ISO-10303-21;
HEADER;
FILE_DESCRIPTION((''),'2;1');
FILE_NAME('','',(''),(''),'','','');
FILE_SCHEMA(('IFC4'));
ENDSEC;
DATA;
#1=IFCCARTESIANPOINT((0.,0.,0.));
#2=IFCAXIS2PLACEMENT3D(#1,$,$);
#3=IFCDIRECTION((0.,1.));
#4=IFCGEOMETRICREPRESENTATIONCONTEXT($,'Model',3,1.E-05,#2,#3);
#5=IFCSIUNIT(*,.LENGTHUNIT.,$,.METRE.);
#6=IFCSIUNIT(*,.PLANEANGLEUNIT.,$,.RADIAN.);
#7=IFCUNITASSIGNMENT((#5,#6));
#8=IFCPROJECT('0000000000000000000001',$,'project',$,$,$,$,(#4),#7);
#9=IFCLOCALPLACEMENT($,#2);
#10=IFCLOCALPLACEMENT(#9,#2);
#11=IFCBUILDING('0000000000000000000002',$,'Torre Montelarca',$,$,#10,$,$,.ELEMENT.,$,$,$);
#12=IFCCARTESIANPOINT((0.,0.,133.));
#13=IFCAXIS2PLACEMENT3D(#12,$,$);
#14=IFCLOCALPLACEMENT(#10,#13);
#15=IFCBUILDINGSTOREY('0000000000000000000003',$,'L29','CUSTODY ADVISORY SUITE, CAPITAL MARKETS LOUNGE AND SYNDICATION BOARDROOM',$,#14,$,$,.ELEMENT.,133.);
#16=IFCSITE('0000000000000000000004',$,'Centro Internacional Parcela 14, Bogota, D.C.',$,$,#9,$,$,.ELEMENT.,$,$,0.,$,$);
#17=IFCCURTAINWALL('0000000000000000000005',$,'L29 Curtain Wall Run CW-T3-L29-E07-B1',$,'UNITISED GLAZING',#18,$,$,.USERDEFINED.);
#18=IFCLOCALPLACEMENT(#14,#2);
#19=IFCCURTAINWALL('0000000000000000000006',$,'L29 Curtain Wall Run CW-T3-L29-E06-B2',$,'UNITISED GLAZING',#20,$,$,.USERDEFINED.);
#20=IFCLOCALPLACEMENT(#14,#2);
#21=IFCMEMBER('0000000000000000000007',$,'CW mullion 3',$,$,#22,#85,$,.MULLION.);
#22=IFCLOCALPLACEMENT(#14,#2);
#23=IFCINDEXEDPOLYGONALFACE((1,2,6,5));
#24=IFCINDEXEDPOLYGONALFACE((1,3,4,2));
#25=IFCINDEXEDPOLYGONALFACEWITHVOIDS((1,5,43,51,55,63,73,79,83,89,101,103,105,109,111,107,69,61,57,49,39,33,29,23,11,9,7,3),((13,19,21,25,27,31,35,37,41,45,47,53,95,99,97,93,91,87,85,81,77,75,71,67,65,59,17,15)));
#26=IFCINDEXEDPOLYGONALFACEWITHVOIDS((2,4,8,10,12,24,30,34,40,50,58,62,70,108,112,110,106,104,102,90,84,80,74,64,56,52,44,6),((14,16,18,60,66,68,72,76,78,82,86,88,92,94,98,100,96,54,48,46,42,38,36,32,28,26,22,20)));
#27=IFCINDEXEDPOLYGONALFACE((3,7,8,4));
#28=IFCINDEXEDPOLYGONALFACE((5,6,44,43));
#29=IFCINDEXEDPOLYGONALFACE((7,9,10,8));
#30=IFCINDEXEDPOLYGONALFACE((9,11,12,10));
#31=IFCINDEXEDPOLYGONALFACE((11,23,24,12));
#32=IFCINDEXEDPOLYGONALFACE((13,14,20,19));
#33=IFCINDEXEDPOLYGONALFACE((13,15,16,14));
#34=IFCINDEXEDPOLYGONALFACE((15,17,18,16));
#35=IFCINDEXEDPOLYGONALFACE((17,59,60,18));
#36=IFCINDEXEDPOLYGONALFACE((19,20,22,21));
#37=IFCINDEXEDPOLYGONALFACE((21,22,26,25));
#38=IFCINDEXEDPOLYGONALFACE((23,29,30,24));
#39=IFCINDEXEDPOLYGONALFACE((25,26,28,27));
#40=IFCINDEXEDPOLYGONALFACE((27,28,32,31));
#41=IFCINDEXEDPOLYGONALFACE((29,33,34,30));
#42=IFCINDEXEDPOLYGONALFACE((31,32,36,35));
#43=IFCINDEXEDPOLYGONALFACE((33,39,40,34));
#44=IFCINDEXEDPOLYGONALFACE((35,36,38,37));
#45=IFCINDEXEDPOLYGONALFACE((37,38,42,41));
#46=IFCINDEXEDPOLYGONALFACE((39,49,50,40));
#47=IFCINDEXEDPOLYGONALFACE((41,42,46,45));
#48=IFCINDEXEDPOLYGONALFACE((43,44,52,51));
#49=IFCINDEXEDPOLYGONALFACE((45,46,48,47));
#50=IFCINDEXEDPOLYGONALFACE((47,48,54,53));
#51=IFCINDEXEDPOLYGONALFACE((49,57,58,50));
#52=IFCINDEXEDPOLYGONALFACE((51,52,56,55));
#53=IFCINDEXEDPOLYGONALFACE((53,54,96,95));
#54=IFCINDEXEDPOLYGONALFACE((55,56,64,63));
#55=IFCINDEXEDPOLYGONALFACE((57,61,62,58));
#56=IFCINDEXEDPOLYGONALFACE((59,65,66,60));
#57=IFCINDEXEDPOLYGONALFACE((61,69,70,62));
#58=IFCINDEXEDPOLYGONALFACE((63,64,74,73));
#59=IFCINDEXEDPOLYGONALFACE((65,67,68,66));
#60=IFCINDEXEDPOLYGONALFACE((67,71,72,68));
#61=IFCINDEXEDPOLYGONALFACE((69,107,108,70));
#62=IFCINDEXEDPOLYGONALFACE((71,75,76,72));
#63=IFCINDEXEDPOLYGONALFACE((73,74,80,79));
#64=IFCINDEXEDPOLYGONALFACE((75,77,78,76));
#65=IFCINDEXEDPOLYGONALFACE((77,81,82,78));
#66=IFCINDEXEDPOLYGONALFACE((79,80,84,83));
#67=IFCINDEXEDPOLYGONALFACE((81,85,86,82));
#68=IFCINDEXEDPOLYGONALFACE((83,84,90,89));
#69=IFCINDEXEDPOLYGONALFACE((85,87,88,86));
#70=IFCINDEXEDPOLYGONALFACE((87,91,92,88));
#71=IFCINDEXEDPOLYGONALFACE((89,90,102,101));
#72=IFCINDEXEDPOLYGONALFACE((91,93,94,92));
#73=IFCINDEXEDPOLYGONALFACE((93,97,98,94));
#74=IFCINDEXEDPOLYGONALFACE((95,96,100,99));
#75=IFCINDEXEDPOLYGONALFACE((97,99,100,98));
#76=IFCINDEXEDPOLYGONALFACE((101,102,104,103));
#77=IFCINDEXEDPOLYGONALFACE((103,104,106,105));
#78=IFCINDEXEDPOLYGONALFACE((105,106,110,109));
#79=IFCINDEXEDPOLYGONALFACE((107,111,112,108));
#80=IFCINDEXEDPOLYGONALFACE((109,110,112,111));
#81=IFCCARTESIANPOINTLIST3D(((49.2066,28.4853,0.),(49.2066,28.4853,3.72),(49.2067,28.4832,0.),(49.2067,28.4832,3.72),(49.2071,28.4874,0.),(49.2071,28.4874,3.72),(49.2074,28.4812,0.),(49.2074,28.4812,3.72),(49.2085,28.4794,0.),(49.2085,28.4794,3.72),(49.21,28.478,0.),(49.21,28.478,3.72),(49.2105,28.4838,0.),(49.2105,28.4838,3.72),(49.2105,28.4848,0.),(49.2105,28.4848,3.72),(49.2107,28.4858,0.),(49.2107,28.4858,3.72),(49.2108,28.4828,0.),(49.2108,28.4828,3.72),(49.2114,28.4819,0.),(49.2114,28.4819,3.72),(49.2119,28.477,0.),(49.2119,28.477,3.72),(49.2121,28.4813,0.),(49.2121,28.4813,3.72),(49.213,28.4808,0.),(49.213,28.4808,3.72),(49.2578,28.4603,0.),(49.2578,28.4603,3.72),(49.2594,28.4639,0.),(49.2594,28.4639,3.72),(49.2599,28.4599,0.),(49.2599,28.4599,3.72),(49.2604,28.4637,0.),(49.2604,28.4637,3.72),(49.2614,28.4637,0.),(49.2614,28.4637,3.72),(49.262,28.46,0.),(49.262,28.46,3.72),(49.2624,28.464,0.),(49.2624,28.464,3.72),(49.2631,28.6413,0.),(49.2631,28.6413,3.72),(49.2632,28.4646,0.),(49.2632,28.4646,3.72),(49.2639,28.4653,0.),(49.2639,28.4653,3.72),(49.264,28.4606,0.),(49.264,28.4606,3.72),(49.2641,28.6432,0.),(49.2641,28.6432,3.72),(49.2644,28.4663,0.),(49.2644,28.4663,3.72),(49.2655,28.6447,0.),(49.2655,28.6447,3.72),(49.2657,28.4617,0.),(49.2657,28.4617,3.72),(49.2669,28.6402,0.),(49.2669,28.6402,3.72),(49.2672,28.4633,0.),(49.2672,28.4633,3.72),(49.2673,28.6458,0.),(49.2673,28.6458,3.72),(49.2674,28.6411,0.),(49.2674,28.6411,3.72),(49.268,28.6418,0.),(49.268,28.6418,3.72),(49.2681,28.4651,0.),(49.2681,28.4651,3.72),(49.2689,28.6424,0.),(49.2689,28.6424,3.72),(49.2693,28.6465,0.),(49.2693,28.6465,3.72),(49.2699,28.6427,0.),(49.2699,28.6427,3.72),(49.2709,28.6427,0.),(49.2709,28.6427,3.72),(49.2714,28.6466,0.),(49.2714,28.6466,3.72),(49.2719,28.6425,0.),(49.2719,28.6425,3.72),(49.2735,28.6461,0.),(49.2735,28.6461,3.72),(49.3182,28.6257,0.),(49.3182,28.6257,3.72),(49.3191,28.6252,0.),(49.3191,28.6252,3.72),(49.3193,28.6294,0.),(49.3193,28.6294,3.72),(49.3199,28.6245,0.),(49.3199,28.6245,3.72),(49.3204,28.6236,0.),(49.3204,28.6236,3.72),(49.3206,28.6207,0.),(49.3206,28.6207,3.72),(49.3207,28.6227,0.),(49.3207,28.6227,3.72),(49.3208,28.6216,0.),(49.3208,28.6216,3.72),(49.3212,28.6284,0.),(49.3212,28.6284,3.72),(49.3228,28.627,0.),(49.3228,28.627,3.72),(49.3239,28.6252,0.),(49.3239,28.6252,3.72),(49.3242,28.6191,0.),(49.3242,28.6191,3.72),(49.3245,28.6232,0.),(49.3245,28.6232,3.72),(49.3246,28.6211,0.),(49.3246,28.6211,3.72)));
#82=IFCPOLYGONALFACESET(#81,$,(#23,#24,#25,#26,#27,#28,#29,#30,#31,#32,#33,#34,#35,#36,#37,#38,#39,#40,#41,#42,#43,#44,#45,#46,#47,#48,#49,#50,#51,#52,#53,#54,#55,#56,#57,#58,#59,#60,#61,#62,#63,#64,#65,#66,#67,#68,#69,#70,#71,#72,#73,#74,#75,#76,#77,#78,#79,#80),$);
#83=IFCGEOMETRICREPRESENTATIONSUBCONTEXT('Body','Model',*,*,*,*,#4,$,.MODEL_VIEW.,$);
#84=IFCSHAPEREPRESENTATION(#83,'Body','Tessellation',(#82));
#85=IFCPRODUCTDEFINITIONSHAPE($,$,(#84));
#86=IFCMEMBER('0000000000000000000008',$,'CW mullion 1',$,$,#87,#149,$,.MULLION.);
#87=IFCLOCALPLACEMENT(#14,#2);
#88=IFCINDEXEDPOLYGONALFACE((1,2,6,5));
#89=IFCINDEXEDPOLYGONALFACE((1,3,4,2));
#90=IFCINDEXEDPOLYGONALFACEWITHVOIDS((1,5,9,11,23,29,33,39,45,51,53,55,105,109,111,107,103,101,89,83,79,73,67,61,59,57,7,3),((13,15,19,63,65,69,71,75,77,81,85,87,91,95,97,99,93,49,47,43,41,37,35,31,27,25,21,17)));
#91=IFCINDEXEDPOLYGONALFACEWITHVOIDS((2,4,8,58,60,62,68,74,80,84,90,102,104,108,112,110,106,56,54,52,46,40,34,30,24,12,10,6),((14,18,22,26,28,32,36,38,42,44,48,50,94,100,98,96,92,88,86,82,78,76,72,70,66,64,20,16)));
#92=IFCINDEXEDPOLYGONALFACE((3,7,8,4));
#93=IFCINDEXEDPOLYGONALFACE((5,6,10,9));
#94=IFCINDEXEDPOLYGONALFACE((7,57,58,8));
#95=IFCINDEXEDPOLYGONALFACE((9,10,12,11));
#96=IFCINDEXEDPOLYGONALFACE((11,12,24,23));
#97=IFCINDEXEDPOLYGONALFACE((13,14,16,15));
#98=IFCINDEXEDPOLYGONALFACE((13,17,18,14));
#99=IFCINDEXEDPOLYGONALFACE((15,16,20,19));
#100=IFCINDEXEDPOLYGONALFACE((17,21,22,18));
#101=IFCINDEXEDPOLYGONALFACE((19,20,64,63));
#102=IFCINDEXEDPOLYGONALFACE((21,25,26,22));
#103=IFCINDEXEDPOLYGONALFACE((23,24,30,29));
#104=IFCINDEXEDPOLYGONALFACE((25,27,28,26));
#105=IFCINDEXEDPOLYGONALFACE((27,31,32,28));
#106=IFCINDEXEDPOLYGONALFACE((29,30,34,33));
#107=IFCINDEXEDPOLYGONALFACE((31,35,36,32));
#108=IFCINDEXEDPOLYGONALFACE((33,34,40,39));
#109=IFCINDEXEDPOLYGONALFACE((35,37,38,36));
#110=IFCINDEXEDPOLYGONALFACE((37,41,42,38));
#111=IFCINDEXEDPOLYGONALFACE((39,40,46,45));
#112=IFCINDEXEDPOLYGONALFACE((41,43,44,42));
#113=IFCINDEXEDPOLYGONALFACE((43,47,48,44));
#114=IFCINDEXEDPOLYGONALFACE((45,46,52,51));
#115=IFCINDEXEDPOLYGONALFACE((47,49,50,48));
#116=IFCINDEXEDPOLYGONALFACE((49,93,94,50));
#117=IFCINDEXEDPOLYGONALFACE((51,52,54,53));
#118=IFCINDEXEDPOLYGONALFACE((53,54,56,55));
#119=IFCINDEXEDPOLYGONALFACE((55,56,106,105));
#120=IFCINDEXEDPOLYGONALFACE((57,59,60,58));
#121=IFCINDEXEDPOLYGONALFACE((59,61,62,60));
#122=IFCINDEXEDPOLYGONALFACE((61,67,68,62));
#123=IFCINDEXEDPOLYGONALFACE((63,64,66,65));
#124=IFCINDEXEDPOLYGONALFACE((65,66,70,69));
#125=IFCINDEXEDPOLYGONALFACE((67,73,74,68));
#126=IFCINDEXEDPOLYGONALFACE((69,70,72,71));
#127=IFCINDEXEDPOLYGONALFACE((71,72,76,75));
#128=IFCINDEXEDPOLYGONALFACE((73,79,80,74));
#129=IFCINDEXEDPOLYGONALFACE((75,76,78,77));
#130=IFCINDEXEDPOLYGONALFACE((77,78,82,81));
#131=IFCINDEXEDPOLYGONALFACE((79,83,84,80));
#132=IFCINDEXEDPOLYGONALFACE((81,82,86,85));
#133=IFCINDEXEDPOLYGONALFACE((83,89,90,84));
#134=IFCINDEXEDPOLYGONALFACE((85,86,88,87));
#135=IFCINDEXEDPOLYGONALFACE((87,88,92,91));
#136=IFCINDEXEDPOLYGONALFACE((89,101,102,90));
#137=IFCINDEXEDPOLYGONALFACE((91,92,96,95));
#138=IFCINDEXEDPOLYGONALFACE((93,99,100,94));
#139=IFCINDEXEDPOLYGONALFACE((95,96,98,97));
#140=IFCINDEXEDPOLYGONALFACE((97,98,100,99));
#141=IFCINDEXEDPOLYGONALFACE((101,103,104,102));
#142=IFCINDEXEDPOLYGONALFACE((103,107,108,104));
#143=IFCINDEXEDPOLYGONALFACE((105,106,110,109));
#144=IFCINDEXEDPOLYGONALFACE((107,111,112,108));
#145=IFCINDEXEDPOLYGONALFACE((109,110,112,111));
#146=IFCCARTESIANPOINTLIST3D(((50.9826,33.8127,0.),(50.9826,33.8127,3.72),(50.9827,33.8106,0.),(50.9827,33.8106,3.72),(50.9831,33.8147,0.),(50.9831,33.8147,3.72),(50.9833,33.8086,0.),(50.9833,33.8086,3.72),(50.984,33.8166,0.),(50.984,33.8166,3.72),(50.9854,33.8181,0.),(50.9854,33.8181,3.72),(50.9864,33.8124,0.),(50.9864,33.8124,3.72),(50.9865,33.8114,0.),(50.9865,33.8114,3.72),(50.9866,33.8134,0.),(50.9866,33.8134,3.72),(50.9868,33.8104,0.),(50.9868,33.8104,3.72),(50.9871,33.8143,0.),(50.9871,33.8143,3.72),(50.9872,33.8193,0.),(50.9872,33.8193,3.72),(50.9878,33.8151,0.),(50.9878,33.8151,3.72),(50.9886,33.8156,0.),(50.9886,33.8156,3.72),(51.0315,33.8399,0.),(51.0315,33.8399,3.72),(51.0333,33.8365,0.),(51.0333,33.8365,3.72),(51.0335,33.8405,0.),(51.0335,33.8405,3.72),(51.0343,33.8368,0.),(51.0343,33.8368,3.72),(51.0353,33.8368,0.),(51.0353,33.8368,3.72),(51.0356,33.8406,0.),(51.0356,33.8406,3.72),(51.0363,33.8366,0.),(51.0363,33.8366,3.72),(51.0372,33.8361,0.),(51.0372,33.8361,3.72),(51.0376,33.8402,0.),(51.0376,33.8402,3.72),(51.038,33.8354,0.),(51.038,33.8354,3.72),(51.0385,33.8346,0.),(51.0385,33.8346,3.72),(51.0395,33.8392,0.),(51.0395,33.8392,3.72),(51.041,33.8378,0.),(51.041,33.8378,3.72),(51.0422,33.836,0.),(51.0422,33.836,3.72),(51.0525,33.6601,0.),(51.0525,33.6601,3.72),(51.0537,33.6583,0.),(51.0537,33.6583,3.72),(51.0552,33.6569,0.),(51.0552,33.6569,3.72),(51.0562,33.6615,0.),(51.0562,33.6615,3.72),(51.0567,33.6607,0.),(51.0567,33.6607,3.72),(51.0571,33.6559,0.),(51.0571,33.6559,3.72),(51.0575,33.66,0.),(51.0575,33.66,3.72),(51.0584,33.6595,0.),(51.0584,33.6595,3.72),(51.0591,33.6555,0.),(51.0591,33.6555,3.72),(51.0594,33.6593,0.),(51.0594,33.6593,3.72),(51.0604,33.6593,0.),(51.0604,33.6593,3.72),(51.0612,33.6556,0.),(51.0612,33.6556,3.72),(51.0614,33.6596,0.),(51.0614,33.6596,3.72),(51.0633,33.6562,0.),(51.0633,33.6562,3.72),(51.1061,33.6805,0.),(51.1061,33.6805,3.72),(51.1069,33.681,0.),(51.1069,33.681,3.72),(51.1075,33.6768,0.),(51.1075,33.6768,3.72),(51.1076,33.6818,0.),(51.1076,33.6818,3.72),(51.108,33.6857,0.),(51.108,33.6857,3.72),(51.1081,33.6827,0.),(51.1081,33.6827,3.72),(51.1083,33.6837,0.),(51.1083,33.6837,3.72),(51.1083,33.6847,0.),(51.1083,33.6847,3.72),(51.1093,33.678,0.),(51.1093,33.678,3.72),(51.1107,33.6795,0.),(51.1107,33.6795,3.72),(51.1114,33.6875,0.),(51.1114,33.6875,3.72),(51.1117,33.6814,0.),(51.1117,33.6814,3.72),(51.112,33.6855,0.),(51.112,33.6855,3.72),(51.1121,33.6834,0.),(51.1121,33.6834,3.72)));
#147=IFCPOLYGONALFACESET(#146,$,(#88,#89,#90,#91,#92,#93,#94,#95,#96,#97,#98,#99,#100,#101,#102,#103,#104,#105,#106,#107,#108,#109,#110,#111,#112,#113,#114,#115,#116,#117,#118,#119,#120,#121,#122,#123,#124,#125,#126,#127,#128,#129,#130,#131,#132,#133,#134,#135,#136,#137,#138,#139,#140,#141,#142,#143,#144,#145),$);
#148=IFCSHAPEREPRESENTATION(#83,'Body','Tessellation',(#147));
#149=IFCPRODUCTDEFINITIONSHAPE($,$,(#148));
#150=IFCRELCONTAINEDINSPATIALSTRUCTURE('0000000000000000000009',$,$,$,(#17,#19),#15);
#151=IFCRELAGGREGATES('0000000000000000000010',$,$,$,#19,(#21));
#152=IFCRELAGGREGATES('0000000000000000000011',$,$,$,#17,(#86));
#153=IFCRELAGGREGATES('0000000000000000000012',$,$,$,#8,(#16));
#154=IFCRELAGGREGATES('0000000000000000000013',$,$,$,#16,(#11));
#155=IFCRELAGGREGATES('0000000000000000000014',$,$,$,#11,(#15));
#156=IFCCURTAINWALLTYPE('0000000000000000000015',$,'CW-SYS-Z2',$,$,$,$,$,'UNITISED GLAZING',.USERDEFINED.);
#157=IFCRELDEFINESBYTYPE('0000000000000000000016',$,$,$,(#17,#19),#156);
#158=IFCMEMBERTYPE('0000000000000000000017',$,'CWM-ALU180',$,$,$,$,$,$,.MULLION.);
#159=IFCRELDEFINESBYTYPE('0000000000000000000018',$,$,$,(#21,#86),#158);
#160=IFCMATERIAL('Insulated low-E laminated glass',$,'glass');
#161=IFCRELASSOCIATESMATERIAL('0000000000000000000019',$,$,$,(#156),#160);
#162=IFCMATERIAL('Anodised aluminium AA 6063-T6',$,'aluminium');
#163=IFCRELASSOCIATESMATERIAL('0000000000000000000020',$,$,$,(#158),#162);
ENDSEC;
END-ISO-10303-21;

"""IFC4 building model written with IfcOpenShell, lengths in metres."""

from ifc_helpers import new_model, si_unit, direction, frame, origin, origin_2d, place, context, subcontext, project, spatial, hollow_rectangle, extrude, source, transform, mapped, material, material_profile, profile_set, type_object, element, aggregate, save


model = new_model("IFC4")

# Units and contexts
model_context = context("Model", 3, precision=1e-05, world=origin(), true_north=direction((0.0, 1.0)))
body_context = subcontext(model_context, "Body", "Model", "MODEL_VIEW")
ifc_project = project(units=[si_unit("LENGTHUNIT", "METRE"), si_unit("PLANEANGLEUNIT", "RADIAN")], contexts=[model_context])

# Site, building, storey
site_placement = place(None, origin())
site = spatial("IfcSite", under=ifc_project, at=site_placement, Name="Centro Internacional Parcela 14, Bogota, D.C.", CompositionType="ELEMENT", RefElevation=0.0)
building_placement = place(site_placement, origin())
building = spatial("IfcBuilding", under=site, at=building_placement, Name="Torre Montelarca", CompositionType="ELEMENT")
storey_placement = place(building_placement, frame((0.0, 0.0, 133.0)))
storey = spatial("IfcBuildingStorey", under=building, at=storey_placement, Name="L29", Description="CUSTODY ADVISORY SUITE, CAPITAL MARKETS LOUNGE AND SYNDICATION BOARDROOM", CompositionType="ELEMENT", Elevation=133.0)

# Curtain wall
ifc_material_1 = material(Name="Insulated low-E laminated glass", Category="glass")
curtain_wall_type = type_object("IfcCurtainWallType", Name="CW-SYS-Z2", ElementType="UNITISED GLAZING", PredefinedType="USERDEFINED", material=ifc_material_1)
curtain_wall_1_placement = place(storey_placement, origin())
curtain_wall_1 = element("IfcCurtainWall", 1, at=curtain_wall_1_placement, inside=storey, type_object=curtain_wall_type, Name="L29 Curtain Wall Run CW-T3-L29-E07-B1", ObjectType="UNITISED GLAZING", PredefinedType="USERDEFINED")
ifc_material_2 = material(Name="Anodised aluminium AA 6063-T6", Category="aluminium")

# Curtain wall, member
curtain_wall_2_placement = place(storey_placement, origin())
curtain_wall_2 = element("IfcCurtainWall", 2, at=curtain_wall_2_placement, inside=storey, type_object=curtain_wall_type, Name="L29 Curtain Wall Run CW-T3-L29-E06-B2", ObjectType="UNITISED GLAZING", PredefinedType="USERDEFINED")
ifc_material_profile_1 = material_profile(ifc_material_2, hollow_rectangle(XDim=0.0649, YDim=0.1799, WallThickness=0.0039, InnerFilletRadius=0.0039, OuterFilletRadius=0.0081, at=origin_2d()), Name="ALU65X180X4", Category="aluminium")
ifc_profile_set_1 = profile_set([ifc_material_profile_1], Name="Anodised aluminium AA 6063-T6")
member_type_1 = type_object("IfcMemberType", Name="CWM-ALU180", PredefinedType="MULLION", material=ifc_profile_set_1)
shared_shape_1 = source(origin(), body_context, "Body", "SweptSolid", [
    extrude(hollow_rectangle(XDim=0.0649, YDim=0.1799, WallThickness=0.0039, InnerFilletRadius=0.0039, OuterFilletRadius=0.0081, at=origin_2d()), origin(), (0.0, 0.0, 1.0), 3.72),
])
member_1_placement = place(storey_placement, frame((49.2656, 28.5532, 0.0), z_axis=(0.0, 0.0, 1.0), x_axis=(-0.939697, 0.342007, 0.0)))
member_1 = element("IfcMember", 3, at=member_1_placement, type_object=member_type_1, Name="CW mullion 3", PredefinedType="MULLION", context=body_context, shape_type="MappedRepresentation", body=[
    mapped(shared_shape_1, transform((0.0, 0.0, 0.0), scale=1.0)),
])
aggregate(curtain_wall_2, [member_1])

# Member
member_2_placement = place(storey_placement, frame((51.0474, 33.748, 0.0), z_axis=(0.0, 0.0, 1.0), x_axis=(-0.906317, -0.422598, 0.0)))
member_2 = element("IfcMember", 4, at=member_2_placement, type_object=member_type_1, Name="CW mullion 1", PredefinedType="MULLION", context=body_context, shape_type="MappedRepresentation", body=[
    mapped(shared_shape_1, transform((0.0, 0.0, 0.0), scale=1.0)),
])

aggregate(curtain_wall_1, [member_2])

save(model, "model.ifc")
